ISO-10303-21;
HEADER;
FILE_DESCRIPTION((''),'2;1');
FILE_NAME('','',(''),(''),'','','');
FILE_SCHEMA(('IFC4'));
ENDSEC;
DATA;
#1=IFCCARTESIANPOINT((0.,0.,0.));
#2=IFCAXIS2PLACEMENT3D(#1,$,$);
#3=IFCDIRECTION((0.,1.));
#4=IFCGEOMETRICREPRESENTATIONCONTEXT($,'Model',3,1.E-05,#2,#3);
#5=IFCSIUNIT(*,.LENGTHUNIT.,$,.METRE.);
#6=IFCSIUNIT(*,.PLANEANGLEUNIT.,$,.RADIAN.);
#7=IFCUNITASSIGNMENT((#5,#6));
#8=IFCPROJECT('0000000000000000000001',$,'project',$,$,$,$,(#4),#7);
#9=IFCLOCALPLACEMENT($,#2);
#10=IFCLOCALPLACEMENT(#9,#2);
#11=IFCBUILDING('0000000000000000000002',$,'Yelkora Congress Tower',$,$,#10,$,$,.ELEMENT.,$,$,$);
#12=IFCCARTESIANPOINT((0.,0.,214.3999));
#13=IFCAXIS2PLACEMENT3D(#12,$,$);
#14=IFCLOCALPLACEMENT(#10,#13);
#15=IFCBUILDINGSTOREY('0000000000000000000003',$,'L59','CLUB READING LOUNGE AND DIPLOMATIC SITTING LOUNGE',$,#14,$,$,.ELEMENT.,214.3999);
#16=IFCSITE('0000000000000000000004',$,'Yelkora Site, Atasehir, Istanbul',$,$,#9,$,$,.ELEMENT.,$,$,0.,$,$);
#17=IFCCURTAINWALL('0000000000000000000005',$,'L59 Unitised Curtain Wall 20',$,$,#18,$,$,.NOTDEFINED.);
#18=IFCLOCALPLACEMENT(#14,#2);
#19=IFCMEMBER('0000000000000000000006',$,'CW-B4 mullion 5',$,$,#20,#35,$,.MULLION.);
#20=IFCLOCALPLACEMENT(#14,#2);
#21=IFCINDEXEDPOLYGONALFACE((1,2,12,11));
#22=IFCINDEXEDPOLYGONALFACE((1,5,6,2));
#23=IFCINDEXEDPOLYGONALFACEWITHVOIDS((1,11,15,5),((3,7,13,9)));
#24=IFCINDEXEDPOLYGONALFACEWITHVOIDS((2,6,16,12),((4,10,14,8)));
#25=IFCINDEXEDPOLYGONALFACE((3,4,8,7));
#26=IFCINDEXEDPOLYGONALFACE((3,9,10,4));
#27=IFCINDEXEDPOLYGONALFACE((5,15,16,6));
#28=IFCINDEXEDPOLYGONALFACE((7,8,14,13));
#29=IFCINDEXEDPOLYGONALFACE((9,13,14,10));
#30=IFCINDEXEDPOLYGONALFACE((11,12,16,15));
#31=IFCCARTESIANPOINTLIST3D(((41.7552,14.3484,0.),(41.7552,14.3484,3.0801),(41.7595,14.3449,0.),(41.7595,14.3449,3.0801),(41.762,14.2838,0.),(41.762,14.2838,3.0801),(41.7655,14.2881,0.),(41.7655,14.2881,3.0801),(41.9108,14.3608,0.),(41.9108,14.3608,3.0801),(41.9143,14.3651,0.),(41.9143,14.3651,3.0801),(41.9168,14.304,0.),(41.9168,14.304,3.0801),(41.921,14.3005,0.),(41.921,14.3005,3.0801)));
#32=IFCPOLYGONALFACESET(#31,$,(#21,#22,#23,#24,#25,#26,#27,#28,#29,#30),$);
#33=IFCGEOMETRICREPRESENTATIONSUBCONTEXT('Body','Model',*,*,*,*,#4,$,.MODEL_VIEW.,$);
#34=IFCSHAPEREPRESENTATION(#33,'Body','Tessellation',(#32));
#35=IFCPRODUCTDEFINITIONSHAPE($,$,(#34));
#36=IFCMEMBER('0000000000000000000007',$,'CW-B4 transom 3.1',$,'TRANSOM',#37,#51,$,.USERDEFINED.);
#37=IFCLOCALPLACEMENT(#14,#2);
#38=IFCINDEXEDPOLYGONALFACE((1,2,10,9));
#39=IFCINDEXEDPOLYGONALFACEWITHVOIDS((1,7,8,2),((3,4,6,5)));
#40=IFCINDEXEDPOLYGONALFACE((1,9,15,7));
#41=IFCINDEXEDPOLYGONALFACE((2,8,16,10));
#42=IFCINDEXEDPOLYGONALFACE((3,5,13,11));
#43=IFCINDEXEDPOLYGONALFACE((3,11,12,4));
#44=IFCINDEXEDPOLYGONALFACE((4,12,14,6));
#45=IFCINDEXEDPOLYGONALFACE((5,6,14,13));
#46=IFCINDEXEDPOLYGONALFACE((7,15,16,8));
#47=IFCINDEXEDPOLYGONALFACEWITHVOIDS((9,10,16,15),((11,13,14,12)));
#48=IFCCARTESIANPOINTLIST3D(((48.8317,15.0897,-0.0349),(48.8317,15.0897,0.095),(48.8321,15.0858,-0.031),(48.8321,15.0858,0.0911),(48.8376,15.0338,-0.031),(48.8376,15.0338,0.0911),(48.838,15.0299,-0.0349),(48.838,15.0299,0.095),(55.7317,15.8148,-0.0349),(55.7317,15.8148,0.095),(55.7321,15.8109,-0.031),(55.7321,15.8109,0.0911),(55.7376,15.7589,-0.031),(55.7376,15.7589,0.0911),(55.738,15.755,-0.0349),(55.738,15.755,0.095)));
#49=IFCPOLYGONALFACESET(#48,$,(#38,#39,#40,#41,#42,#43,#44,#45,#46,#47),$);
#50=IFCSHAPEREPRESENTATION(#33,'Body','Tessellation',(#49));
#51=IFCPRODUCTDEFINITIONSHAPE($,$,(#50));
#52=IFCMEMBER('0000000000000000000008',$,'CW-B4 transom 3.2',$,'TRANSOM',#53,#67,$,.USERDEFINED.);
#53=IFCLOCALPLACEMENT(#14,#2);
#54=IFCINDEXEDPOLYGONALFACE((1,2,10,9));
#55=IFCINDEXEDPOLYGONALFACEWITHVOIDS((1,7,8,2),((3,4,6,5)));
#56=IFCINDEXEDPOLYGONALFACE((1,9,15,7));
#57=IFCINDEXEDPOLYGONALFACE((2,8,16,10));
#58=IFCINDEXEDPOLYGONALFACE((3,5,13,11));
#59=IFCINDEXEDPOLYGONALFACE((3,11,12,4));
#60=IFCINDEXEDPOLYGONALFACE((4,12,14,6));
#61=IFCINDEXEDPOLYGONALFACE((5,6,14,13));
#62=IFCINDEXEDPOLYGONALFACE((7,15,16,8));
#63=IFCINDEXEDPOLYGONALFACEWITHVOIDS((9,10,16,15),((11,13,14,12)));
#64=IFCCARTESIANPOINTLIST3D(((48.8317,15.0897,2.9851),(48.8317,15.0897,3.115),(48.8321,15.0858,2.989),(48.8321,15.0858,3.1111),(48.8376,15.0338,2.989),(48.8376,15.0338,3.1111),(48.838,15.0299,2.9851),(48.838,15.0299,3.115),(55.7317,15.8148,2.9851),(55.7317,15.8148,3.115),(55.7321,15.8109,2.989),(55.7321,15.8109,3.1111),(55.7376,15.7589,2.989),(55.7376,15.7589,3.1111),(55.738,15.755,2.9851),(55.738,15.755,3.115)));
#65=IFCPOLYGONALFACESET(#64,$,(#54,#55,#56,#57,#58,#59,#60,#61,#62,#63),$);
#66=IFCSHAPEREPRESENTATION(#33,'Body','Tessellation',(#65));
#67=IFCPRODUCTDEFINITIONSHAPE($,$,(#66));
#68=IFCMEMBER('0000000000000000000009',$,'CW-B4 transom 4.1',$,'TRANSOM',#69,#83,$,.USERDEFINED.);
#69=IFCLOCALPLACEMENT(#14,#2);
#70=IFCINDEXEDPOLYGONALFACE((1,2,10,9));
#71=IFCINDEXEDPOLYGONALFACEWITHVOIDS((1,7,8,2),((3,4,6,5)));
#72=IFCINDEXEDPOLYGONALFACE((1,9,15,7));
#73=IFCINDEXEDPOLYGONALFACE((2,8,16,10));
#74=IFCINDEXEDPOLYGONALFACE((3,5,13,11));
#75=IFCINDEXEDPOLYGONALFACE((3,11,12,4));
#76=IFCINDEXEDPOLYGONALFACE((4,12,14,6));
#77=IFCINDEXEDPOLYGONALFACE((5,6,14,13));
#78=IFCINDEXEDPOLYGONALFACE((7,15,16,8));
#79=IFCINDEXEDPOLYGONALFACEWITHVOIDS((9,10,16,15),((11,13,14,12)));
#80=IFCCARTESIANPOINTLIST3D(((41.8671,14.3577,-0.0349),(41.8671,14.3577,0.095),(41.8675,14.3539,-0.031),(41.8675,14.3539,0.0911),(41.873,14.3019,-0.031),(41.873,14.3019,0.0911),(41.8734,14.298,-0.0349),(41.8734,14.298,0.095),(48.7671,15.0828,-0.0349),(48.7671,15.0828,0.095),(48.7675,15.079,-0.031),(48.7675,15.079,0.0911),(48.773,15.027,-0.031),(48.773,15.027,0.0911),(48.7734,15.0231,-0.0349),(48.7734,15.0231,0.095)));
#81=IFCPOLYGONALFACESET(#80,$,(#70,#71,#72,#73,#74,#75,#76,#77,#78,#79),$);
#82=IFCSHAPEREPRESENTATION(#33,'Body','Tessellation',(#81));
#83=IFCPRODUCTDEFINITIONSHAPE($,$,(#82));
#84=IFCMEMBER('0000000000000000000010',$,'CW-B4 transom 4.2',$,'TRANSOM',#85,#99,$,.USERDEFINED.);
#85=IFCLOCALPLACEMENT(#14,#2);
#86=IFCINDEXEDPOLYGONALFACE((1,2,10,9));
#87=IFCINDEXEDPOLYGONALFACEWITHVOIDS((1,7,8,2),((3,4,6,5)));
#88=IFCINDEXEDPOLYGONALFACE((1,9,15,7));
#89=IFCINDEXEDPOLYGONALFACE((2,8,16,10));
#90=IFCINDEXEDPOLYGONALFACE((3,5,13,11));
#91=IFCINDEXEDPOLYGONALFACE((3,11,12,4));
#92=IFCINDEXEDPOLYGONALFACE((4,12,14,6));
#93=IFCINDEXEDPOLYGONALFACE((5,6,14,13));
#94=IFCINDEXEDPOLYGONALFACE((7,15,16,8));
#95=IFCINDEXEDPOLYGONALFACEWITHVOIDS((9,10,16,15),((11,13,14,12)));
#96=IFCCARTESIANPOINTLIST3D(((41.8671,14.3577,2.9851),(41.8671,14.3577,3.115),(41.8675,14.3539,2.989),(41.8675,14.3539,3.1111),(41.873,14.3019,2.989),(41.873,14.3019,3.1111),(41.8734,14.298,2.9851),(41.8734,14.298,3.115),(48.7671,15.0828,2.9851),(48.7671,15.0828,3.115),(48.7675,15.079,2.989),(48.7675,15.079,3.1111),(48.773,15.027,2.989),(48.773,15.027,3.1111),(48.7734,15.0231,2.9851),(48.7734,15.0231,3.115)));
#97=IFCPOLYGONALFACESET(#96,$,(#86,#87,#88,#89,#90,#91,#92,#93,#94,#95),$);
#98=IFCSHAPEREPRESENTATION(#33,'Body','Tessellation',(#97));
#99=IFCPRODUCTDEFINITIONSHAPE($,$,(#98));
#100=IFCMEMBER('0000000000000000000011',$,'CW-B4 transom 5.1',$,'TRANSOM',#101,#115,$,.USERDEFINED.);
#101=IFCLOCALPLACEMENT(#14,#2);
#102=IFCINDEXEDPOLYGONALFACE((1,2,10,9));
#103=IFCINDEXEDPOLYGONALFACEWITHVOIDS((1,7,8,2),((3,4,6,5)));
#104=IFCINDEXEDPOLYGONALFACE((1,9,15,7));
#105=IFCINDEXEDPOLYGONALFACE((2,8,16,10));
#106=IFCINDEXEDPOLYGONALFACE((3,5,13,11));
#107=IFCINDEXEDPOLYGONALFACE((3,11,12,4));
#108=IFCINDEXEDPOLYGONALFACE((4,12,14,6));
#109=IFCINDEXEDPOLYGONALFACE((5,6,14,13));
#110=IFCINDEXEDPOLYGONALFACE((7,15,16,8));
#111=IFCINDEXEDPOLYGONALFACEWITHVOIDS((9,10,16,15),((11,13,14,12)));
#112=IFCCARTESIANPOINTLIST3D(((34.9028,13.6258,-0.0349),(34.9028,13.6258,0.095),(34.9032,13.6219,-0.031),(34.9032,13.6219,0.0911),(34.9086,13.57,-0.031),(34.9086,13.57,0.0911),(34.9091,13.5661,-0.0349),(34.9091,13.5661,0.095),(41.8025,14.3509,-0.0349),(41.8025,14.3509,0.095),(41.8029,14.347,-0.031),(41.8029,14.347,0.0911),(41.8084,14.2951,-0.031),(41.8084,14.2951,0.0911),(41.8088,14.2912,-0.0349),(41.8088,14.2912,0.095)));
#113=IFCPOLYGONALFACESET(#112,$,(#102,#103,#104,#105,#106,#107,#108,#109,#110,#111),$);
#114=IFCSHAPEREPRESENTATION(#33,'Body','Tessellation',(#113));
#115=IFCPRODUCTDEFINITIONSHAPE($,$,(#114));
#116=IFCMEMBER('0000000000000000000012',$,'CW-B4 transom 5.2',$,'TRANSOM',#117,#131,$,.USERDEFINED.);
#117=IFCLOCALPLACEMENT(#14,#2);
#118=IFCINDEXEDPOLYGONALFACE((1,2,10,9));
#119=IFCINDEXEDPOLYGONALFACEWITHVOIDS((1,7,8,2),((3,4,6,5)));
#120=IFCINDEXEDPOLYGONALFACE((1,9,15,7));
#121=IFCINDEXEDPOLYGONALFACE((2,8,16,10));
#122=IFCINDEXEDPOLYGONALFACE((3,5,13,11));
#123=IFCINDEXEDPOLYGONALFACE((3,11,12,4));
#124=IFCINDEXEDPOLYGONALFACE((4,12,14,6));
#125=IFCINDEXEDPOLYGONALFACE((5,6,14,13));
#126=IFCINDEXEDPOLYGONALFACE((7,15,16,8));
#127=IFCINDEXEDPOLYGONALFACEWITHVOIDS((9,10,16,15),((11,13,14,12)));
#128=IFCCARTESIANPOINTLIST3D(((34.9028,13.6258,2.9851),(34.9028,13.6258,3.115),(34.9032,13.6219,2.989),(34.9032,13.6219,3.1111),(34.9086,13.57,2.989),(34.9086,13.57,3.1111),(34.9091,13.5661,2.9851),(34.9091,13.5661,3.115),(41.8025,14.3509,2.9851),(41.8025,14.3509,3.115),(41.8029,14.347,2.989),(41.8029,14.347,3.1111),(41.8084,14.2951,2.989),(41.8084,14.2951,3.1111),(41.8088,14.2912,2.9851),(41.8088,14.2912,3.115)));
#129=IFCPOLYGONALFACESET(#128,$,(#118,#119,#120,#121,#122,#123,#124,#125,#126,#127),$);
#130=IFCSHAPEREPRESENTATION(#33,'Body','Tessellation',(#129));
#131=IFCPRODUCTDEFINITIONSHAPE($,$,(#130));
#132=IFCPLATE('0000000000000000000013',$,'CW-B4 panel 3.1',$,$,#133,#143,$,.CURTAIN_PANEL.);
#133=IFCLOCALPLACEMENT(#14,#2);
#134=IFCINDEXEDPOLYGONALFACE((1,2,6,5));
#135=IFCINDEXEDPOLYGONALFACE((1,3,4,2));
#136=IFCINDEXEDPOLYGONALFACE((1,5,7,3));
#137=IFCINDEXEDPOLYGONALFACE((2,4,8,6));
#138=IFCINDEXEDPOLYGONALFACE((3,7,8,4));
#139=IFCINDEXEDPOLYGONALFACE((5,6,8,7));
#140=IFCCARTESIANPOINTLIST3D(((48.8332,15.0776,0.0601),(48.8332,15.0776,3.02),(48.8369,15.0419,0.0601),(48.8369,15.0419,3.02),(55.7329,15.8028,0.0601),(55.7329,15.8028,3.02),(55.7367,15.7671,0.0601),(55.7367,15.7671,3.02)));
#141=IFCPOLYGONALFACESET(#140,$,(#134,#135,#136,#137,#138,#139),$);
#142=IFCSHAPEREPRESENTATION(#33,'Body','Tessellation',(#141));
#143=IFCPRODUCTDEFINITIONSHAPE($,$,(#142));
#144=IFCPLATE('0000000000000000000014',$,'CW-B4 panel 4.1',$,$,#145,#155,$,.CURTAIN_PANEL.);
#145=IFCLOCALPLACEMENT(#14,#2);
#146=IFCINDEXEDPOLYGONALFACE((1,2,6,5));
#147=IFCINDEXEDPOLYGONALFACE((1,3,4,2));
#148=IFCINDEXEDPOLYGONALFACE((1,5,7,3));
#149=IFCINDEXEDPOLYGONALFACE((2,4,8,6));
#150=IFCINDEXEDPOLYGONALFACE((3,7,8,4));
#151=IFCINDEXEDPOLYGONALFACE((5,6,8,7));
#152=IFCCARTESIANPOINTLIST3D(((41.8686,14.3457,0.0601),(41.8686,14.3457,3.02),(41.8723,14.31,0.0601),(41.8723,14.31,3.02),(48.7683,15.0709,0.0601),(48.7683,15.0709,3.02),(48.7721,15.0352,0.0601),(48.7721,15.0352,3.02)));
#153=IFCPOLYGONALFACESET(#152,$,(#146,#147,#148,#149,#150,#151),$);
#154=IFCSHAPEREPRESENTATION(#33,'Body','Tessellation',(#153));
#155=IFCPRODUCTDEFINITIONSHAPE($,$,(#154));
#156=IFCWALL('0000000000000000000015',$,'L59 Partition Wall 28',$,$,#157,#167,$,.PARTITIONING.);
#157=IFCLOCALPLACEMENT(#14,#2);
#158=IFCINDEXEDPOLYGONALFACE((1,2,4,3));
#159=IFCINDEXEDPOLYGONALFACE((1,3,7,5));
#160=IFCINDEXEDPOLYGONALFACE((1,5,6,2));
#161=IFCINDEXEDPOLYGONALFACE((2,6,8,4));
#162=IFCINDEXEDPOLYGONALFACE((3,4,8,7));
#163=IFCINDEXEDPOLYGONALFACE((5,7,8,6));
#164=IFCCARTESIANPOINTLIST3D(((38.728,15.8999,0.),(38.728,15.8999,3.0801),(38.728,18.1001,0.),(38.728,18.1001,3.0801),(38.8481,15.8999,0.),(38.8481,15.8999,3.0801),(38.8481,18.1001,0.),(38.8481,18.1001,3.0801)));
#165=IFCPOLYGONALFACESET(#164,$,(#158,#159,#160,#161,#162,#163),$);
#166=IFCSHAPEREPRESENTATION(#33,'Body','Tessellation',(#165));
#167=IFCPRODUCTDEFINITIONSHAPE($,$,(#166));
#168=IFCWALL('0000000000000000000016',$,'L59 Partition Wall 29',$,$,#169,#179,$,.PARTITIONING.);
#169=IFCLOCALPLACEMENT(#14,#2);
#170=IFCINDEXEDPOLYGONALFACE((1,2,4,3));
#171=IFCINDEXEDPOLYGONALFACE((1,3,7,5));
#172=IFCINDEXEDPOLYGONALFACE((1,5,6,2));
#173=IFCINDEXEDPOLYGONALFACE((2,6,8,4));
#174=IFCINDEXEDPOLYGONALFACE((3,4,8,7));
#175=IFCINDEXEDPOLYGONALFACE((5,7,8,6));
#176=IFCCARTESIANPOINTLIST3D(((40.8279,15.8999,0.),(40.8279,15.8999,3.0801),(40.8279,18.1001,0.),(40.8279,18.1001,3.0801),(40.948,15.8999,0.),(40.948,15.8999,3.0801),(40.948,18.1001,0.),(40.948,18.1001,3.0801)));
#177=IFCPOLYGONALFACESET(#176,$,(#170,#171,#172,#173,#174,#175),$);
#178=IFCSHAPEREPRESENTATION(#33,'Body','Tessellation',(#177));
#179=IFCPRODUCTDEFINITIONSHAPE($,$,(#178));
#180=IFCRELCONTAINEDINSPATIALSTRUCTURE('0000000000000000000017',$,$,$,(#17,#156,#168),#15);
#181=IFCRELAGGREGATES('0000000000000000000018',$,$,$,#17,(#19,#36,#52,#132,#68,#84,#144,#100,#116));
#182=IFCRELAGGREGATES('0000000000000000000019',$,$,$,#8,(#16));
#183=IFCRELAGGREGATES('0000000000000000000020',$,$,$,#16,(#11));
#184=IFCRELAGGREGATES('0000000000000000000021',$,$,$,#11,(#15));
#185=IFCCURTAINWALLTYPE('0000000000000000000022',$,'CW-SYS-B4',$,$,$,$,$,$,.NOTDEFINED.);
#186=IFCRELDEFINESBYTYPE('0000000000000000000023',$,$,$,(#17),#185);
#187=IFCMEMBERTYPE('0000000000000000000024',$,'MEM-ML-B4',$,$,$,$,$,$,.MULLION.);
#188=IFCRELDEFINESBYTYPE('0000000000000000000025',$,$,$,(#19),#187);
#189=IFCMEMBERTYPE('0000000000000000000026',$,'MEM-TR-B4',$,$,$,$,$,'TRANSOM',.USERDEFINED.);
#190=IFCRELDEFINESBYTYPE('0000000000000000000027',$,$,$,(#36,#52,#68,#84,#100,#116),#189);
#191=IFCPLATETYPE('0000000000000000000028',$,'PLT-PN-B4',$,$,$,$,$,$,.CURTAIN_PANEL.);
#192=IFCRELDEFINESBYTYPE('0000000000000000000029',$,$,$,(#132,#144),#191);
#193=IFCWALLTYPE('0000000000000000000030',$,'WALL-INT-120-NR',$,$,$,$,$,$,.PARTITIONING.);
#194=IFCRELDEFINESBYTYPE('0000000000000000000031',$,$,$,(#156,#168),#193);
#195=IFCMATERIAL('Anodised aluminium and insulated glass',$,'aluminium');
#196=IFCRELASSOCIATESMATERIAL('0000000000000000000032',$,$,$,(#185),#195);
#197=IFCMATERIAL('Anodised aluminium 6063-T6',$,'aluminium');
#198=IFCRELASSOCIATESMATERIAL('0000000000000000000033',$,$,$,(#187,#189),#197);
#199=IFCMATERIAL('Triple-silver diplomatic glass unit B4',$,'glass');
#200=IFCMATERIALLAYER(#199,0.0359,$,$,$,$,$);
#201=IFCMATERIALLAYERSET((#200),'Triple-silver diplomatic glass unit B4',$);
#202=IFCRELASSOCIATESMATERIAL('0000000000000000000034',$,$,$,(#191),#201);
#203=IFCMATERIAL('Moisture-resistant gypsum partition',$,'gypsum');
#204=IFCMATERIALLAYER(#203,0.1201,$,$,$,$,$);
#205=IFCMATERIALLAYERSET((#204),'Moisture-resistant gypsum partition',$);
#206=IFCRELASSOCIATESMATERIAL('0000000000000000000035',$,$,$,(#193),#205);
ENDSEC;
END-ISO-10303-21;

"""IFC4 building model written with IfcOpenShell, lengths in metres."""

from ifc_helpers import new_model, si_unit, direction, frame, frame_2d, origin, origin_2d, place, context, subcontext, project, spatial, rectangle, hollow_rectangle, extrude, material, layer, layer_set, material_profile, profile_set, type_object, element, aggregate, save


model = new_model("IFC4")

# Units and contexts
model_context = context("Model", 3, precision=1e-05, world=origin(), true_north=direction((0.0, 1.0)))
body_context = subcontext(model_context, "Body", "Model", "MODEL_VIEW")
ifc_project = project(units=[si_unit("LENGTHUNIT", "METRE"), si_unit("PLANEANGLEUNIT", "RADIAN")], contexts=[model_context])

# Site, building, storey
site_placement = place(None, origin())
site = spatial("IfcSite", under=ifc_project, at=site_placement, Name="Yelkora Site, Atasehir, Istanbul", CompositionType="ELEMENT", RefElevation=0.0)
building_placement = place(site_placement, origin())
building = spatial("IfcBuilding", under=site, at=building_placement, Name="Yelkora Congress Tower", CompositionType="ELEMENT")
storey_placement = place(building_placement, frame((0.0, 0.0, 214.3999)))
storey = spatial("IfcBuildingStorey", under=building, at=storey_placement, Name="L59", Description="CLUB READING LOUNGE AND DIPLOMATIC SITTING LOUNGE", CompositionType="ELEMENT", Elevation=214.3999)

# Curtain wall, members, plates
ifc_material_1 = material(Name="Anodised aluminium and insulated glass", Category="aluminium")
curtain_wall_type = type_object("IfcCurtainWallType", Name="CW-SYS-B4", PredefinedType="NOTDEFINED", material=ifc_material_1)
curtain_wall_placement = place(storey_placement, origin())
curtain_wall = element("IfcCurtainWall", 1, at=curtain_wall_placement, inside=storey, type_object=curtain_wall_type, Name="L59 Unitised Curtain Wall 20", PredefinedType="NOTDEFINED")
ifc_material_2 = material(Name="Anodised aluminium 6063-T6", Category="aluminium")
ifc_material_profile_1 = material_profile(ifc_material_2, hollow_rectangle(XDim=0.0649, YDim=0.1599, WallThickness=0.0039, at=origin_2d()), Name="ALU 65x160x4")
ifc_profile_set_1 = profile_set([ifc_material_profile_1], Name="Anodised aluminium 6063-T6")
member_type_1 = type_object("IfcMemberType", Name="MEM-ML-B4", PredefinedType="MULLION", material=ifc_profile_set_1)
member_1_placement = place(storey_placement, frame((41.8381, 14.3245, 0.0), z_axis=(0.0, 0.0, 1.0), x_axis=(0.104527, -0.994522, 0.0)))
member_1 = element("IfcMember", 2, at=member_1_placement, type_object=member_type_1, Name="CW-B4 mullion 5", PredefinedType="MULLION", context=body_context, shape_type="SweptSolid", body=[
    extrude(hollow_rectangle(XDim=0.0649, YDim=0.1599, WallThickness=0.0039, at=origin_2d()), origin(), (0.0, 0.0, 1.0), 3.0801),
])
ifc_material_profile_2 = material_profile(ifc_material_2, hollow_rectangle(XDim=0.0601, YDim=0.1299, WallThickness=0.0039, at=origin_2d()), Name="ALU 60x130x4")
ifc_profile_set_2 = profile_set([ifc_material_profile_2], Name="Anodised aluminium 6063-T6")
member_type_2 = type_object("IfcMemberType", Name="MEM-TR-B4", ElementType="TRANSOM", PredefinedType="USERDEFINED", material=ifc_profile_set_2)
member_2_placement = place(storey_placement, frame((55.7349, 15.7849, 0.03), z_axis=(-0.994524, -0.104513, 0.0), x_axis=(0.104513, -0.994524, 0.0)))
member_2 = element("IfcMember", 3, at=member_2_placement, type_object=member_type_2, Name="CW-B4 transom 3.1", ObjectType="TRANSOM", PredefinedType="USERDEFINED", context=body_context, shape_type="SweptSolid", body=[
    extrude(hollow_rectangle(XDim=0.0601, YDim=0.1299, WallThickness=0.0039, at=origin_2d()), origin(), (0.0, 0.0, 1.0), 6.938),
])
member_3_placement = place(storey_placement, frame((55.7349, 15.7849, 3.05), z_axis=(-0.994524, -0.104513, 0.0), x_axis=(0.104513, -0.994524, 0.0)))
member_3 = element("IfcMember", 4, at=member_3_placement, type_object=member_type_2, Name="CW-B4 transom 3.2", ObjectType="TRANSOM", PredefinedType="USERDEFINED", context=body_context, shape_type="SweptSolid", body=[
    extrude(hollow_rectangle(XDim=0.0601, YDim=0.1299, WallThickness=0.0039, at=origin_2d()), origin(), (0.0, 0.0, 1.0), 6.938),
])
member_4_placement = place(storey_placement, frame((48.7703, 15.053, 0.03), z_axis=(-0.994524, -0.104513, 0.0), x_axis=(0.104513, -0.994524, 0.0)))
member_4 = element("IfcMember", 5, at=member_4_placement, type_object=member_type_2, Name="CW-B4 transom 4.1", ObjectType="TRANSOM", PredefinedType="USERDEFINED", context=body_context, shape_type="SweptSolid", body=[
    extrude(hollow_rectangle(XDim=0.0601, YDim=0.1299, WallThickness=0.0039, at=origin_2d()), origin(), (0.0, 0.0, 1.0), 6.938),
])
member_5_placement = place(storey_placement, frame((48.7703, 15.053, 3.05), z_axis=(-0.994524, -0.104513, 0.0), x_axis=(0.104513, -0.994524, 0.0)))
member_5 = element("IfcMember", 6, at=member_5_placement, type_object=member_type_2, Name="CW-B4 transom 4.2", ObjectType="TRANSOM", PredefinedType="USERDEFINED", context=body_context, shape_type="SweptSolid", body=[
    extrude(hollow_rectangle(XDim=0.0601, YDim=0.1299, WallThickness=0.0039, at=origin_2d()), origin(), (0.0, 0.0, 1.0), 6.938),
])
member_6_placement = place(storey_placement, frame((41.8057, 14.321, 0.03), z_axis=(-0.994523, -0.104516, 0.0), x_axis=(0.104516, -0.994523, 0.0)))
member_6 = element("IfcMember", 7, at=member_6_placement, type_object=member_type_2, Name="CW-B4 transom 5.1", ObjectType="TRANSOM", PredefinedType="USERDEFINED", context=body_context, shape_type="SweptSolid", body=[
    extrude(hollow_rectangle(XDim=0.0601, YDim=0.1299, WallThickness=0.0039, at=origin_2d()), origin(), (0.0, 0.0, 1.0), 6.9377),
])
member_7_placement = place(storey_placement, frame((41.8057, 14.321, 3.05), z_axis=(-0.994523, -0.104516, 0.0), x_axis=(0.104516, -0.994523, 0.0)))
member_7 = element("IfcMember", 8, at=member_7_placement, type_object=member_type_2, Name="CW-B4 transom 5.2", ObjectType="TRANSOM", PredefinedType="USERDEFINED", context=body_context, shape_type="SweptSolid", body=[
    extrude(hollow_rectangle(XDim=0.0601, YDim=0.1299, WallThickness=0.0039, at=origin_2d()), origin(), (0.0, 0.0, 1.0), 6.9377),
])
ifc_material_3 = material(Name="Triple-silver diplomatic glass unit B4", Category="glass")
ifc_layer_1 = layer(ifc_material_3, 0.0359)
ifc_layer_set_1 = layer_set([ifc_layer_1], Name="Triple-silver diplomatic glass unit B4")
plate_type = type_object("IfcPlateType", Name="PLT-PN-B4", PredefinedType="CURTAIN_PANEL", material=ifc_layer_set_1)
plate_1_placement = place(storey_placement, frame((52.2849, 15.4224, 0.0601), z_axis=(0.0, 0.0, 1.0), x_axis=(-0.994522, -0.104527, 0.0)))
plate_1 = element("IfcPlate", 9, at=plate_1_placement, type_object=plate_type, Name="CW-B4 panel 3.1", PredefinedType="CURTAIN_PANEL", context=body_context, shape_type="SweptSolid", body=[
    extrude(rectangle(XDim=6.9377, YDim=0.0359, at=origin_2d()), origin(), (0.0, 0.0, 1.0), 2.96),
])
plate_2_placement = place(storey_placement, frame((45.3203, 14.6904, 0.0601), z_axis=(0.0, 0.0, 1.0), x_axis=(-0.994522, -0.104527, 0.0)))
plate_2 = element("IfcPlate", 10, at=plate_2_placement, type_object=plate_type, Name="CW-B4 panel 4.1", PredefinedType="CURTAIN_PANEL", context=body_context, shape_type="SweptSolid", body=[
    extrude(rectangle(XDim=6.9377, YDim=0.0359, at=origin_2d()), origin(), (0.0, 0.0, 1.0), 2.96),
])
aggregate(curtain_wall, [member_1, member_2, member_3, plate_1, member_4, member_5, plate_2, member_6, member_7])

# Walls
ifc_material_4 = material(Name="Moisture-resistant gypsum partition", Category="gypsum")
ifc_layer_2 = layer(ifc_material_4, 0.1201)
ifc_layer_set_2 = layer_set([ifc_layer_2], Name="Moisture-resistant gypsum partition")
wall_type_1 = type_object("IfcWallType", Name="WALL-INT-120-NR", PredefinedType="PARTITIONING", material=ifc_layer_set_2)
for number, where, z_axis, x_axis, name in (
    (11, (38.7881, 15.8999, 0.0), (0.0, 0.0, 1.0), (0.0, 1.0, 0.0), "L59 Partition Wall 28"),
    (12, (40.8879, 15.8999, 0.0), (0.0, 0.0, 1.0), (0.0, 1.0, 0.0), "L59 Partition Wall 29"),
):
    element("IfcWall", number, at=place(storey_placement, frame(where, z_axis=z_axis, x_axis=x_axis)), inside=storey, type_object=wall_type_1, Name=name, PredefinedType="PARTITIONING", context=body_context, shape_type="SweptSolid", body=[
        extrude(rectangle(XDim=2.2002, YDim=0.1201, at=frame_2d((1.1001, 0.0))), origin(), (0.0, 0.0, 1.0), 3.0801),
    ])

save(model, "model.ifc")
